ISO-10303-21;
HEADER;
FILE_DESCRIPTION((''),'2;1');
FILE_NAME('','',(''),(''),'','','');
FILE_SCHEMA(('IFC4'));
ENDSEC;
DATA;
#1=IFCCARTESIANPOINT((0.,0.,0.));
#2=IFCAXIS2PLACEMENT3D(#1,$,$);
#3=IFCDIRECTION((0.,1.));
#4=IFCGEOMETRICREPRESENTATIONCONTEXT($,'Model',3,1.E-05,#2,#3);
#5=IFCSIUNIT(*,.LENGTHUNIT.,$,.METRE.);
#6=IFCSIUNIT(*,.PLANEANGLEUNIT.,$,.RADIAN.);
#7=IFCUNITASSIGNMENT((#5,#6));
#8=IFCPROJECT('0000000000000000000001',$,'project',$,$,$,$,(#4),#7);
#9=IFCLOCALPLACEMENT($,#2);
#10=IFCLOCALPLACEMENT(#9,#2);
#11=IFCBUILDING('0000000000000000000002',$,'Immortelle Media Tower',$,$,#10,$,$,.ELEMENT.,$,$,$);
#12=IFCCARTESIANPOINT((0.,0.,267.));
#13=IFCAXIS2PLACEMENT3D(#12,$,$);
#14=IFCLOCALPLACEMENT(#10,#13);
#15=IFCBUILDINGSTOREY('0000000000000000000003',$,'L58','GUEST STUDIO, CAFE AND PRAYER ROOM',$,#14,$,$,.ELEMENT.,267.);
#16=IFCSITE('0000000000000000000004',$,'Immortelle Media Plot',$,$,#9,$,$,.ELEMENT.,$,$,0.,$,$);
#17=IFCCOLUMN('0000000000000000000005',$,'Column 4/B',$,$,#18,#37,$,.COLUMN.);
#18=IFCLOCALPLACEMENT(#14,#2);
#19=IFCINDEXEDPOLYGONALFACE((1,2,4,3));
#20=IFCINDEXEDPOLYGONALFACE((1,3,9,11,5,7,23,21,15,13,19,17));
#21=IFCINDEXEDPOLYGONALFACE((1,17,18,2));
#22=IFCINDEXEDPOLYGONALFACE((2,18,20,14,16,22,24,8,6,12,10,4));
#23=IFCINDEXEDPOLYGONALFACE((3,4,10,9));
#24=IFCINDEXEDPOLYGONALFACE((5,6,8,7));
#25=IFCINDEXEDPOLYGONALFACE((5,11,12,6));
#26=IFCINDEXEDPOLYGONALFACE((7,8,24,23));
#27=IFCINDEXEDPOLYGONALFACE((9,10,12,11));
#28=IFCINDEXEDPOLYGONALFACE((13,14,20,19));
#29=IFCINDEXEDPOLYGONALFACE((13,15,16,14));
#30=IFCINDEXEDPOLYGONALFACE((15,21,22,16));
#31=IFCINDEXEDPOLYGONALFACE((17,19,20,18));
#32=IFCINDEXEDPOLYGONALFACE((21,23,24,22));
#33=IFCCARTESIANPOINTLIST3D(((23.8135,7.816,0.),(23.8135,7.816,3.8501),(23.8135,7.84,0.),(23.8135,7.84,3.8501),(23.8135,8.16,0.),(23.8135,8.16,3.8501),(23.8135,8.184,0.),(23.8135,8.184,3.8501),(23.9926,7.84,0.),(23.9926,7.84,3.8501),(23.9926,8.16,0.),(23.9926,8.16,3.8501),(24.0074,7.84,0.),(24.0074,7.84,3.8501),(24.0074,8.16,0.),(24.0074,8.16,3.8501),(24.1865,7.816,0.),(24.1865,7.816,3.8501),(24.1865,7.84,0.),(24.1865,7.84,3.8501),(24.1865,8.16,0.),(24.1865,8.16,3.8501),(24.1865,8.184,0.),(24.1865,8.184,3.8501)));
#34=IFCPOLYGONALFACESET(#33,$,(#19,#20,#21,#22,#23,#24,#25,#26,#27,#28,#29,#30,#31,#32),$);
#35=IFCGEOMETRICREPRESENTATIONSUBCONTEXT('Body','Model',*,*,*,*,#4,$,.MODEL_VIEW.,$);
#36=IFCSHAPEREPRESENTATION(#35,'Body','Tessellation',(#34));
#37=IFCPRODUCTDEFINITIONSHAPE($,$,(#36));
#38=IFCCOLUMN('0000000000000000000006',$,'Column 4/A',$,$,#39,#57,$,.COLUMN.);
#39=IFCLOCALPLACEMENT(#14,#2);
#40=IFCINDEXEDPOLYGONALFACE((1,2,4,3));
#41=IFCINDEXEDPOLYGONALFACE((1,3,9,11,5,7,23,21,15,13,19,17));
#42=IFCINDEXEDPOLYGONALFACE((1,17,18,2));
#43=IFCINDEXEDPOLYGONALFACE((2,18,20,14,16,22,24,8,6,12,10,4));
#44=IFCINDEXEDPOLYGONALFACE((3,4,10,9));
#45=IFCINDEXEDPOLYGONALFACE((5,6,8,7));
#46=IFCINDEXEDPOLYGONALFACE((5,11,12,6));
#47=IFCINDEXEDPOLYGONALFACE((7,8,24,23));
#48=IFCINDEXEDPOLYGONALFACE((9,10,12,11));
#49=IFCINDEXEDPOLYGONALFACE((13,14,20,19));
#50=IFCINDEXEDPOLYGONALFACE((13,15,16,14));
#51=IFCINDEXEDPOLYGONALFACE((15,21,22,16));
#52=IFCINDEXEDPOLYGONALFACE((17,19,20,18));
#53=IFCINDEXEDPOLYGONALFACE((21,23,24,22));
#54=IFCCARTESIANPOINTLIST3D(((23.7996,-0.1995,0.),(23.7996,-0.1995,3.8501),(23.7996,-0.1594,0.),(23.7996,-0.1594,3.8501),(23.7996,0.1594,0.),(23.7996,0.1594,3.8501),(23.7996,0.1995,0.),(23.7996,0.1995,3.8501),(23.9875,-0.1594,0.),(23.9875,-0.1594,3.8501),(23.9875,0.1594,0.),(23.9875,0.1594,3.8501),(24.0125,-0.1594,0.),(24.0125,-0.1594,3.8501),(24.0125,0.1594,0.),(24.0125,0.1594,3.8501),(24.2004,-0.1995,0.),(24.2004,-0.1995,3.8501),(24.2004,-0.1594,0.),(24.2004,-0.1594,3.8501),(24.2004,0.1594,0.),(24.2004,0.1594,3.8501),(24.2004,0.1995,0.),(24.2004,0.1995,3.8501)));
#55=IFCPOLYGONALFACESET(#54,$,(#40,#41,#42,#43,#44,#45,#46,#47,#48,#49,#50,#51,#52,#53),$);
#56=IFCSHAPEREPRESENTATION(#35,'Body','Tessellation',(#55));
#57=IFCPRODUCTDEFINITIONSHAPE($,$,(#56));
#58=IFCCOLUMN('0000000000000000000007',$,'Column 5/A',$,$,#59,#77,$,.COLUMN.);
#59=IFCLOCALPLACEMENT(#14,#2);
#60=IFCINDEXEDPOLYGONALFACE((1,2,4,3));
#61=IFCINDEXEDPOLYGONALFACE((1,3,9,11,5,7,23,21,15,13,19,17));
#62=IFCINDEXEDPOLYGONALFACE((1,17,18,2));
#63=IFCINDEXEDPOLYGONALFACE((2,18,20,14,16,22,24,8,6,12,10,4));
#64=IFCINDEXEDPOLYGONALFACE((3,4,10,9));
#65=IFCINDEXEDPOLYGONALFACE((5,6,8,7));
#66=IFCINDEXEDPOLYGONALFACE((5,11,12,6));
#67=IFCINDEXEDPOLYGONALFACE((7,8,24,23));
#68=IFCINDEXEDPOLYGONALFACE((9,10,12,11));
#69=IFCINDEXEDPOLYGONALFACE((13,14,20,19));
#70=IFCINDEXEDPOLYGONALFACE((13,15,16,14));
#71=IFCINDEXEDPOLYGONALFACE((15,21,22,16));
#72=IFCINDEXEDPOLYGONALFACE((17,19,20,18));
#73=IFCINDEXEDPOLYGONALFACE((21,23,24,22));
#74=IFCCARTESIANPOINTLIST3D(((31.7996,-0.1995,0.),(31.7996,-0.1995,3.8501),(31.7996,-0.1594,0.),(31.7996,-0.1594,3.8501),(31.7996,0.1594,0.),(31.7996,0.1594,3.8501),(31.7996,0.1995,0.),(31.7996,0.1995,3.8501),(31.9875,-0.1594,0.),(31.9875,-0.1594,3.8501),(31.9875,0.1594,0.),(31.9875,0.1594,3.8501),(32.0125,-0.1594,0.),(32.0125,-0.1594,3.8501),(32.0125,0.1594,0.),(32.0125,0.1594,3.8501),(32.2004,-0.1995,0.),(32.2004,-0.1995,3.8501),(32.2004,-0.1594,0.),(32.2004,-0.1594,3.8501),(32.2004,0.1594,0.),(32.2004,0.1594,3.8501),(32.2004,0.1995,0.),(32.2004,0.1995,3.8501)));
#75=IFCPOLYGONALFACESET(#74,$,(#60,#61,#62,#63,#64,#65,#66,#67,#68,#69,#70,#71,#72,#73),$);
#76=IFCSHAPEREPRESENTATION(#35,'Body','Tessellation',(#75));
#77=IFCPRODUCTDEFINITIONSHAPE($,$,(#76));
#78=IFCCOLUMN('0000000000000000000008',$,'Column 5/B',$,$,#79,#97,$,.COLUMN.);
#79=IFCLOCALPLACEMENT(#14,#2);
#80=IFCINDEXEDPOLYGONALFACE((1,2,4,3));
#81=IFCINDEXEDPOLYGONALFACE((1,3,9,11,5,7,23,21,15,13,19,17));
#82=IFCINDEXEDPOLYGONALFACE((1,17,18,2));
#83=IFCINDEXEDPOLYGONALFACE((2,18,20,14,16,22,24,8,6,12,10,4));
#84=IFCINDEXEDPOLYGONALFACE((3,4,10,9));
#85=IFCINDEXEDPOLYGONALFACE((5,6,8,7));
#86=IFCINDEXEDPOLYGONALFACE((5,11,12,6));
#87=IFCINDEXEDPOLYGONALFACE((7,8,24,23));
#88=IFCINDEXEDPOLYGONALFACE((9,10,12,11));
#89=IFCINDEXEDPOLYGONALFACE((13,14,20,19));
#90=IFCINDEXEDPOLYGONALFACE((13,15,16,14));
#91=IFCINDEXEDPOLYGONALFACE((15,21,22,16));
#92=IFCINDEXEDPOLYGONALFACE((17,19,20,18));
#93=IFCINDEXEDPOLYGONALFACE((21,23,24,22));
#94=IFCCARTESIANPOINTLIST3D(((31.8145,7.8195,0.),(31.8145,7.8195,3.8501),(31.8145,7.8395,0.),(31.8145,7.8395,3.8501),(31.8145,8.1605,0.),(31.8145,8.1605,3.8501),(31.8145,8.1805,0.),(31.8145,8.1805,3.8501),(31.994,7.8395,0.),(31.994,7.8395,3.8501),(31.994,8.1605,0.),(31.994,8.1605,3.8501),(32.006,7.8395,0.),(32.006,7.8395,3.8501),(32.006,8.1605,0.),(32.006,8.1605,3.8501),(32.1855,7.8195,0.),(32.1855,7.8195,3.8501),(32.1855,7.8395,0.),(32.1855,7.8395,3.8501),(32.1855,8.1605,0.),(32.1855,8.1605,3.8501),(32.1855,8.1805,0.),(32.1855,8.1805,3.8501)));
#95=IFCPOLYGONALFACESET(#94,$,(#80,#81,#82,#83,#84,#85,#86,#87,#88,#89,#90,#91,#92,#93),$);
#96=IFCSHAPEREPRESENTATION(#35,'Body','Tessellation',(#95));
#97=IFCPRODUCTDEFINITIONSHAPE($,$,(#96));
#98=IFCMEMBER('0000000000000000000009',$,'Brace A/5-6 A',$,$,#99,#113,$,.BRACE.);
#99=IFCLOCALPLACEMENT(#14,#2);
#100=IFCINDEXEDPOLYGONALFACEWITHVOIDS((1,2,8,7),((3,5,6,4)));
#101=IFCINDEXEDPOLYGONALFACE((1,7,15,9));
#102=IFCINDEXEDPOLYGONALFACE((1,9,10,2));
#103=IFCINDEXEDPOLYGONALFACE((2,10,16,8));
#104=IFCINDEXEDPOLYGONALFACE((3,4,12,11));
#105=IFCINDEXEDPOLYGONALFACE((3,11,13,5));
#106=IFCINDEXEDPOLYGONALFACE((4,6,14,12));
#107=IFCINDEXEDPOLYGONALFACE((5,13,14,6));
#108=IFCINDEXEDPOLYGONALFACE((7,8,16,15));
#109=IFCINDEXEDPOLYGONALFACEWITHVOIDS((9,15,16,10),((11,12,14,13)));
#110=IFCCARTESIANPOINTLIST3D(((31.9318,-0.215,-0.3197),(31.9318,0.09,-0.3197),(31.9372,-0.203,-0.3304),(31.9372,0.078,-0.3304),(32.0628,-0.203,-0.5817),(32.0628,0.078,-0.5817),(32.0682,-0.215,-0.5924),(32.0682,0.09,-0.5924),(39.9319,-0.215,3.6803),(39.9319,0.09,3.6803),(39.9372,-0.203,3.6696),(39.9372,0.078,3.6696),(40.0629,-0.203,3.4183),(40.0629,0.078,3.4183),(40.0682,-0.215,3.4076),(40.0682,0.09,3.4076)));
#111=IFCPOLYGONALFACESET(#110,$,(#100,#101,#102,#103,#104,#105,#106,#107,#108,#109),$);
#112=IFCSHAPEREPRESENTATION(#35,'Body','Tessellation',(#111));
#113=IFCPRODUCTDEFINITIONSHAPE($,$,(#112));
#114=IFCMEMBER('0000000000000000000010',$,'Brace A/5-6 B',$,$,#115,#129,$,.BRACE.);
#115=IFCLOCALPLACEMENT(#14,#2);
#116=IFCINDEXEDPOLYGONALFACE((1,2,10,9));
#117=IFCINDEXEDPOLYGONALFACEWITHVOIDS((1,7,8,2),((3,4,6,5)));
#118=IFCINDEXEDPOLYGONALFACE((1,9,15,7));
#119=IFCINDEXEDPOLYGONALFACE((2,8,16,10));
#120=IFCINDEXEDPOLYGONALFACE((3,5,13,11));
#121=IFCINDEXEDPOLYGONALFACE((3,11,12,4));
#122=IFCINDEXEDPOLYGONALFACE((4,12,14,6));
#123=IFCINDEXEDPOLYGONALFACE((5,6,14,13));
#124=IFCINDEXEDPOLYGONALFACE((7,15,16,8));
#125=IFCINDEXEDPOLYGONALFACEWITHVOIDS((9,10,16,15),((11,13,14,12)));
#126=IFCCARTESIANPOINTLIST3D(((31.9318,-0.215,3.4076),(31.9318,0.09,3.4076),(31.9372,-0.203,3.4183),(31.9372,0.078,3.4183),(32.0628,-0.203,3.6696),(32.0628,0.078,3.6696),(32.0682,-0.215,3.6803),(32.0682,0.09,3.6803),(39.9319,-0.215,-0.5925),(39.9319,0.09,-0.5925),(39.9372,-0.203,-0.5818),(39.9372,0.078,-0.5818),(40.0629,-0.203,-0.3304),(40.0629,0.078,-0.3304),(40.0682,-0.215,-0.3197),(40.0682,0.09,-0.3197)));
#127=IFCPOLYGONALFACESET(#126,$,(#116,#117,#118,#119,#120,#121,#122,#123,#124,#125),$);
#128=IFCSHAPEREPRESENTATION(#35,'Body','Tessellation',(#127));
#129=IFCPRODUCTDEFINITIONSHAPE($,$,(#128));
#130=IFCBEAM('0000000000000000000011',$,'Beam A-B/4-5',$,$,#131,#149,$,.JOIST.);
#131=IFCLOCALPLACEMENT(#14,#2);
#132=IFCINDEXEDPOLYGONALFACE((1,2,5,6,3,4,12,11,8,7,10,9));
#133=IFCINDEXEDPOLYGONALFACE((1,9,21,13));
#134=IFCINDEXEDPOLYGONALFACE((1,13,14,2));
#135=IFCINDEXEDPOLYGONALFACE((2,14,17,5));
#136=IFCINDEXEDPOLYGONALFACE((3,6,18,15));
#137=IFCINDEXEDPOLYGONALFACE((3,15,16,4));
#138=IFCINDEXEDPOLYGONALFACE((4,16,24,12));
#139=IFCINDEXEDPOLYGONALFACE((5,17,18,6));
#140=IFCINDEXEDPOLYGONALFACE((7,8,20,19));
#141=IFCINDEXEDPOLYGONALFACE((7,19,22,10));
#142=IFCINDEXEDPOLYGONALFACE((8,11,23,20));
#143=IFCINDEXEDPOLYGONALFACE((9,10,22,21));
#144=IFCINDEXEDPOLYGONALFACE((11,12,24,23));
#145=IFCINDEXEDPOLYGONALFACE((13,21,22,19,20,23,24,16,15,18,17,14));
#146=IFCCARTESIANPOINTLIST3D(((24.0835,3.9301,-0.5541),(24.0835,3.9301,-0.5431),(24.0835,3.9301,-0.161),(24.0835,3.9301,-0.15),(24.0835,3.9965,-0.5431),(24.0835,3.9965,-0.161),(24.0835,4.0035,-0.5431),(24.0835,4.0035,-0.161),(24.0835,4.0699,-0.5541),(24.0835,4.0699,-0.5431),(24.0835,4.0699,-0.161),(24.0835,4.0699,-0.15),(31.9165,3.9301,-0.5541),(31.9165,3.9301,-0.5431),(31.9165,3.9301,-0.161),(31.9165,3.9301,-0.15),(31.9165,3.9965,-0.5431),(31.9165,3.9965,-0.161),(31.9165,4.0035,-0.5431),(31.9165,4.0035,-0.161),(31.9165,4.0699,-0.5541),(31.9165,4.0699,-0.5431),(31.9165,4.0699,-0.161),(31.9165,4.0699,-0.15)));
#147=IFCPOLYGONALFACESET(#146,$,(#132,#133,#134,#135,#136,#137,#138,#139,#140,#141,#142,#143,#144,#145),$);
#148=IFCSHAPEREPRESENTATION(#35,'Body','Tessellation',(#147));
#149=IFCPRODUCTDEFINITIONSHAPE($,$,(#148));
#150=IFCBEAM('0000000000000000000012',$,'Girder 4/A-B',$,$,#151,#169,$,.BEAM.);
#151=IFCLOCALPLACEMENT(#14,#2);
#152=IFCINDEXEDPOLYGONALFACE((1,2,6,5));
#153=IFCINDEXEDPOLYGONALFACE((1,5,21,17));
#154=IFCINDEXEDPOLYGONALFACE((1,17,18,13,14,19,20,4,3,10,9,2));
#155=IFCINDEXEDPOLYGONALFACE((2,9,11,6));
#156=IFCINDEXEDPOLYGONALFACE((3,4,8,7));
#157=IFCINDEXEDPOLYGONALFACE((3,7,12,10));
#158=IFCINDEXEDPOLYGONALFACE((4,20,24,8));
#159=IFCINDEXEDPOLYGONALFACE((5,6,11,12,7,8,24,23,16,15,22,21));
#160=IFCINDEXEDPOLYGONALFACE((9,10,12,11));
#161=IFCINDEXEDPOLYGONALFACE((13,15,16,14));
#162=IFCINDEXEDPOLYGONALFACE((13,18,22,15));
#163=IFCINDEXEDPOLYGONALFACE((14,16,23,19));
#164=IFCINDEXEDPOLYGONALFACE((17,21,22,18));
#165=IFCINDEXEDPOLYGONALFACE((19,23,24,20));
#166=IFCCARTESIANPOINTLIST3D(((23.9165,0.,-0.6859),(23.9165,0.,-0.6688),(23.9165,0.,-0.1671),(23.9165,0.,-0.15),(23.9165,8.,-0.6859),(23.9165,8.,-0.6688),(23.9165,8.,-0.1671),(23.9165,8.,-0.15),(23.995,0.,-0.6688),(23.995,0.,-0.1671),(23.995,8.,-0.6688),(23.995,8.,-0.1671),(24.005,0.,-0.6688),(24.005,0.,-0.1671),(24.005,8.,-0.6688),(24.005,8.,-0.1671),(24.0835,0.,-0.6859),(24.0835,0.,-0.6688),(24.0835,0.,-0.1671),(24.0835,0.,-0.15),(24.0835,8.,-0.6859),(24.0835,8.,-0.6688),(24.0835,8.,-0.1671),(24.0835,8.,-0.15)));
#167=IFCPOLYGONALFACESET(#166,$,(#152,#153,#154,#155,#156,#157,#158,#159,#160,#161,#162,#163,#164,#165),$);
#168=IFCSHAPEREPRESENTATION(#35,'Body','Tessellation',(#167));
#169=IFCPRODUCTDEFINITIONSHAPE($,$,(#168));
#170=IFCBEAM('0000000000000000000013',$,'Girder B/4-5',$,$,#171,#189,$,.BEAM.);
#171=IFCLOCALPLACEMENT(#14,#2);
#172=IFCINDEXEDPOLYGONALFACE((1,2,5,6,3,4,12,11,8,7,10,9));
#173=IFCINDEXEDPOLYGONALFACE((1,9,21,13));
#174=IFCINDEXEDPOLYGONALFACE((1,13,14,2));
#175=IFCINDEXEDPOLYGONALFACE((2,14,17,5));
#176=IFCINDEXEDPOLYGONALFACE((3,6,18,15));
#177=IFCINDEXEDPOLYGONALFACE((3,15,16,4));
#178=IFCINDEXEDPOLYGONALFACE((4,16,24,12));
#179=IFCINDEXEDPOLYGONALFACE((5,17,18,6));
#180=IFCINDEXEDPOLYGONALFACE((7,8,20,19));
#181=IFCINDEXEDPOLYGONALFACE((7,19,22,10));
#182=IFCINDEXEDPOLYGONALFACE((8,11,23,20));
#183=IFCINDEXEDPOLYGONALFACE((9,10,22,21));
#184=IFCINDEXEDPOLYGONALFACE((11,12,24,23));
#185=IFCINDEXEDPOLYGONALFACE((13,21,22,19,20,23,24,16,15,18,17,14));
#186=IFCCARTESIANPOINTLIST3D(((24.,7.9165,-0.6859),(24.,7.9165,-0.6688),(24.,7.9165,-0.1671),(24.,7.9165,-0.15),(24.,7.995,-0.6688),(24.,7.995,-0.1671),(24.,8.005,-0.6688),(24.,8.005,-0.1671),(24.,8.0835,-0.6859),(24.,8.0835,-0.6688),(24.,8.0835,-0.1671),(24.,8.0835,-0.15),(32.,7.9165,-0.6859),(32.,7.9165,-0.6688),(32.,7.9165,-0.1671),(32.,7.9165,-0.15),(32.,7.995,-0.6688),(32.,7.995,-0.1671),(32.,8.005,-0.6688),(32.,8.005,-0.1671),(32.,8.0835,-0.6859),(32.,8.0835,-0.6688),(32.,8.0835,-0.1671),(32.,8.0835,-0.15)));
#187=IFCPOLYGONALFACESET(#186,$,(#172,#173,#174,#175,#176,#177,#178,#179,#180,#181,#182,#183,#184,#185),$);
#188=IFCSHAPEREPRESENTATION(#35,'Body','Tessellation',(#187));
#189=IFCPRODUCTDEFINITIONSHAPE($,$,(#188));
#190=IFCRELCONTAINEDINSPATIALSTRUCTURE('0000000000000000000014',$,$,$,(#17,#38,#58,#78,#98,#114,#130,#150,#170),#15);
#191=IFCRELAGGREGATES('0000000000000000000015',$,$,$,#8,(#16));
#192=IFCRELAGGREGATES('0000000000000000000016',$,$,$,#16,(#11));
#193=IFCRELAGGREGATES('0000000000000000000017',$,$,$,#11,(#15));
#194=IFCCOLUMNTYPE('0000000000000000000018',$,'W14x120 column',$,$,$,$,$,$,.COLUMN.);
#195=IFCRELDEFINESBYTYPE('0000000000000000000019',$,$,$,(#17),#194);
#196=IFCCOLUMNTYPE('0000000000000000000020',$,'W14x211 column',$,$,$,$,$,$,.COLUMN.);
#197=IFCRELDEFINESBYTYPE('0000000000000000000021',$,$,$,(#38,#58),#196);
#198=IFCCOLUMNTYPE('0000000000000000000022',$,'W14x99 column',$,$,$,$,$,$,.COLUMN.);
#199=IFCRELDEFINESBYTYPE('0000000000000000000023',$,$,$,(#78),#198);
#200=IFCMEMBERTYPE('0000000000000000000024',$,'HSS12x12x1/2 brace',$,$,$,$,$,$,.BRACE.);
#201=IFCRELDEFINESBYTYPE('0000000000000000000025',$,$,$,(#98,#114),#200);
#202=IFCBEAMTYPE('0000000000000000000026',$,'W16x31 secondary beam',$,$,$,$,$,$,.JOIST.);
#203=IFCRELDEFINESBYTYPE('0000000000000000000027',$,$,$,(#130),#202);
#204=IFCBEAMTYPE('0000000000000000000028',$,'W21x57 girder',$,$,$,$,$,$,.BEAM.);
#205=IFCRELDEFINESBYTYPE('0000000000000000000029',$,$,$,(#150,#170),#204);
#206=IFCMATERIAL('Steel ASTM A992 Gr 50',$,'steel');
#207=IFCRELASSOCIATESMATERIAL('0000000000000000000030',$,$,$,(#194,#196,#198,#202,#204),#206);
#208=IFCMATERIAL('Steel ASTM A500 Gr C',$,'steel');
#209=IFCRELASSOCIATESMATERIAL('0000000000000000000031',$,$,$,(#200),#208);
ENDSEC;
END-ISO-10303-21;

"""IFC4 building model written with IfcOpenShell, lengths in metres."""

from ifc_helpers import new_model, si_unit, direction, frame, origin, origin_2d, place, context, subcontext, project, spatial, hollow_rectangle, i_section, extrude, material, material_profile, profile_set, type_object, element, save


model = new_model("IFC4")

# Units and contexts
model_context = context("Model", 3, precision=1e-05, world=origin(), true_north=direction((0.0, 1.0)))
body_context = subcontext(model_context, "Body", "Model", "MODEL_VIEW")
ifc_project = project(units=[si_unit("LENGTHUNIT", "METRE"), si_unit("PLANEANGLEUNIT", "RADIAN")], contexts=[model_context])

# Site, building, storey
site_placement = place(None, origin())
site = spatial("IfcSite", under=ifc_project, at=site_placement, Name="Immortelle Media Plot", CompositionType="ELEMENT", RefElevation=0.0)
building_placement = place(site_placement, origin())
building = spatial("IfcBuilding", under=site, at=building_placement, Name="Immortelle Media Tower", CompositionType="ELEMENT")
storey_placement = place(building_placement, frame((0.0, 0.0, 267.0)))
storey = spatial("IfcBuildingStorey", under=building, at=storey_placement, Name="L58", Description="GUEST STUDIO, CAFE AND PRAYER ROOM", CompositionType="ELEMENT", Elevation=267.0)

# Columns
ifc_material_1 = material(Name="Steel ASTM A992 Gr 50", Category="steel")
ifc_material_profile_1 = material_profile(ifc_material_1, i_section(OverallWidth=0.373, OverallDepth=0.3679, WebThickness=0.0149, FlangeThickness=0.0239, at=origin_2d()), Name="W14x120")
ifc_profile_set_1 = profile_set([ifc_material_profile_1], Name="Steel ASTM A992 Gr 50")
column_type_1 = type_object("IfcColumnType", Name="W14x120 column", PredefinedType="COLUMN", material=ifc_profile_set_1)
column_1_placement = place(storey_placement, frame((24.0, 8.0, 0.0), z_axis=(0.0, 0.0, 1.0), x_axis=(1.0, 0.0, 0.0)))
element("IfcColumn", 1, at=column_1_placement, inside=storey, type_object=column_type_1, Name="Column 4/B", PredefinedType="COLUMN", context=body_context, shape_type="SweptSolid", body=[
    extrude(i_section(OverallWidth=0.373, OverallDepth=0.3679, WebThickness=0.0149, FlangeThickness=0.0239, at=origin_2d()), origin(), (0.0, 0.0, 1.0), 3.8501),
])
ifc_material_profile_2 = material_profile(ifc_material_1, i_section(OverallWidth=0.4009, OverallDepth=0.3989, WebThickness=0.0249, FlangeThickness=0.04, at=origin_2d()), Name="W14x211")
ifc_profile_set_2 = profile_set([ifc_material_profile_2], Name="Steel ASTM A992 Gr 50")
column_type_2 = type_object("IfcColumnType", Name="W14x211 column", PredefinedType="COLUMN", material=ifc_profile_set_2)
for number, where, z_axis, x_axis, name in (
    (2, (24.0, 0.0, 0.0), (0.0, 0.0, 1.0), (1.0, 0.0, 0.0), "Column 4/A"),
    (3, (32.0, 0.0, 0.0), (0.0, 0.0, 1.0), (1.0, 0.0, 0.0), "Column 5/A"),
):
    element("IfcColumn", number, at=place(storey_placement, frame(where, z_axis=z_axis, x_axis=x_axis)), inside=storey, type_object=column_type_2, Name=name, PredefinedType="COLUMN", context=body_context, shape_type="SweptSolid", body=[
        extrude(i_section(OverallWidth=0.4009, OverallDepth=0.3989, WebThickness=0.0249, FlangeThickness=0.04, at=origin_2d()), origin(), (0.0, 0.0, 1.0), 3.8501),
    ])
ifc_material_profile_3 = material_profile(ifc_material_1, i_section(OverallWidth=0.3711, OverallDepth=0.3611, WebThickness=0.012, FlangeThickness=0.02, at=origin_2d()), Name="W14x99")
ifc_profile_set_3 = profile_set([ifc_material_profile_3], Name="Steel ASTM A992 Gr 50")
column_type_3 = type_object("IfcColumnType", Name="W14x99 column", PredefinedType="COLUMN", material=ifc_profile_set_3)
column_2_placement = place(storey_placement, frame((32.0, 8.0, 0.0), z_axis=(0.0, 0.0, 1.0), x_axis=(1.0, 0.0, 0.0)))
element("IfcColumn", 4, at=column_2_placement, inside=storey, type_object=column_type_3, Name="Column 5/B", PredefinedType="COLUMN", context=body_context, shape_type="SweptSolid", body=[
    extrude(i_section(OverallWidth=0.3711, OverallDepth=0.3611, WebThickness=0.012, FlangeThickness=0.02, at=origin_2d()), origin(), (0.0, 0.0, 1.0), 3.8501),
])

# Members
ifc_material_2 = material(Name="Steel ASTM A500 Gr C", Category="steel")
ifc_material_profile_4 = material_profile(ifc_material_2, hollow_rectangle(XDim=0.3049, YDim=0.3049, WallThickness=0.012, at=origin_2d()), Name="HSS12x12x1/2 brace")
ifc_profile_set_4 = profile_set([ifc_material_profile_4], Name="Steel ASTM A500 Gr C")
member_type = type_object("IfcMemberType", Name="HSS12x12x1/2 brace", PredefinedType="BRACE", material=ifc_profile_set_4)
for number, where, z_axis, x_axis, name in (
    (5, (32.0, -0.0625, -0.4561), (0.894427, 0.0, 0.447214), (0.0, 1.0, 0.0), "Brace A/5-6 A"),
    (6, (32.0, -0.0625, 3.5439), (0.894427, 0.0, -0.447214), (0.0, 1.0, 0.0), "Brace A/5-6 B"),
):
    element("IfcMember", number, at=place(storey_placement, frame(where, z_axis=z_axis, x_axis=x_axis)), inside=storey, type_object=member_type, Name=name, PredefinedType="BRACE", context=body_context, shape_type="SweptSolid", body=[
        extrude(hollow_rectangle(XDim=0.3049, YDim=0.3049, WallThickness=0.012, at=origin_2d()), origin(), (0.0, 0.0, 1.0), 8.9443),
    ])

# Beams
ifc_material_profile_5 = material_profile(ifc_material_1, i_section(OverallWidth=0.1399, OverallDepth=0.4041, WebThickness=0.0071, FlangeThickness=0.011, at=origin_2d()), Name="W16x31")
ifc_profile_set_5 = profile_set([ifc_material_profile_5], Name="Steel ASTM A992 Gr 50")
beam_type_1 = type_object("IfcBeamType", Name="W16x31 secondary beam", PredefinedType="JOIST", material=ifc_profile_set_5)
beam_placement = place(storey_placement, frame((24.0835, 4.0, -0.3521), z_axis=(1.0, 0.0, 0.0), x_axis=(0.0, 1.0, 0.0)))
element("IfcBeam", 7, at=beam_placement, inside=storey, type_object=beam_type_1, Name="Beam A-B/4-5", PredefinedType="JOIST", context=body_context, shape_type="SweptSolid", body=[
    extrude(i_section(OverallWidth=0.1399, OverallDepth=0.4041, WebThickness=0.0071, FlangeThickness=0.011, at=origin_2d()), origin(), (0.0, 0.0, 1.0), 7.833),
])
ifc_material_profile_6 = material_profile(ifc_material_1, i_section(OverallWidth=0.167, OverallDepth=0.5359, WebThickness=0.01, FlangeThickness=0.0171, at=origin_2d()), Name="W21x57")
ifc_profile_set_6 = profile_set([ifc_material_profile_6], Name="Steel ASTM A992 Gr 50")
beam_type_2 = type_object("IfcBeamType", Name="W21x57 girder", PredefinedType="BEAM", material=ifc_profile_set_6)
for number, where, z_axis, x_axis, name in (
    (8, (24.0, 0.0, -0.418), (0.0, 1.0, 0.0), (-1.0, 0.0, 0.0), "Girder 4/A-B"),
    (9, (24.0, 8.0, -0.418), (1.0, 0.0, 0.0), (0.0, 1.0, 0.0), "Girder B/4-5"),
):
    element("IfcBeam", number, at=place(storey_placement, frame(where, z_axis=z_axis, x_axis=x_axis)), inside=storey, type_object=beam_type_2, Name=name, PredefinedType="BEAM", context=body_context, shape_type="SweptSolid", body=[
        extrude(i_section(OverallWidth=0.167, OverallDepth=0.5359, WebThickness=0.01, FlangeThickness=0.0171, at=origin_2d()), origin(), (0.0, 0.0, 1.0), 8.0),
    ])

save(model, "model.ifc")
